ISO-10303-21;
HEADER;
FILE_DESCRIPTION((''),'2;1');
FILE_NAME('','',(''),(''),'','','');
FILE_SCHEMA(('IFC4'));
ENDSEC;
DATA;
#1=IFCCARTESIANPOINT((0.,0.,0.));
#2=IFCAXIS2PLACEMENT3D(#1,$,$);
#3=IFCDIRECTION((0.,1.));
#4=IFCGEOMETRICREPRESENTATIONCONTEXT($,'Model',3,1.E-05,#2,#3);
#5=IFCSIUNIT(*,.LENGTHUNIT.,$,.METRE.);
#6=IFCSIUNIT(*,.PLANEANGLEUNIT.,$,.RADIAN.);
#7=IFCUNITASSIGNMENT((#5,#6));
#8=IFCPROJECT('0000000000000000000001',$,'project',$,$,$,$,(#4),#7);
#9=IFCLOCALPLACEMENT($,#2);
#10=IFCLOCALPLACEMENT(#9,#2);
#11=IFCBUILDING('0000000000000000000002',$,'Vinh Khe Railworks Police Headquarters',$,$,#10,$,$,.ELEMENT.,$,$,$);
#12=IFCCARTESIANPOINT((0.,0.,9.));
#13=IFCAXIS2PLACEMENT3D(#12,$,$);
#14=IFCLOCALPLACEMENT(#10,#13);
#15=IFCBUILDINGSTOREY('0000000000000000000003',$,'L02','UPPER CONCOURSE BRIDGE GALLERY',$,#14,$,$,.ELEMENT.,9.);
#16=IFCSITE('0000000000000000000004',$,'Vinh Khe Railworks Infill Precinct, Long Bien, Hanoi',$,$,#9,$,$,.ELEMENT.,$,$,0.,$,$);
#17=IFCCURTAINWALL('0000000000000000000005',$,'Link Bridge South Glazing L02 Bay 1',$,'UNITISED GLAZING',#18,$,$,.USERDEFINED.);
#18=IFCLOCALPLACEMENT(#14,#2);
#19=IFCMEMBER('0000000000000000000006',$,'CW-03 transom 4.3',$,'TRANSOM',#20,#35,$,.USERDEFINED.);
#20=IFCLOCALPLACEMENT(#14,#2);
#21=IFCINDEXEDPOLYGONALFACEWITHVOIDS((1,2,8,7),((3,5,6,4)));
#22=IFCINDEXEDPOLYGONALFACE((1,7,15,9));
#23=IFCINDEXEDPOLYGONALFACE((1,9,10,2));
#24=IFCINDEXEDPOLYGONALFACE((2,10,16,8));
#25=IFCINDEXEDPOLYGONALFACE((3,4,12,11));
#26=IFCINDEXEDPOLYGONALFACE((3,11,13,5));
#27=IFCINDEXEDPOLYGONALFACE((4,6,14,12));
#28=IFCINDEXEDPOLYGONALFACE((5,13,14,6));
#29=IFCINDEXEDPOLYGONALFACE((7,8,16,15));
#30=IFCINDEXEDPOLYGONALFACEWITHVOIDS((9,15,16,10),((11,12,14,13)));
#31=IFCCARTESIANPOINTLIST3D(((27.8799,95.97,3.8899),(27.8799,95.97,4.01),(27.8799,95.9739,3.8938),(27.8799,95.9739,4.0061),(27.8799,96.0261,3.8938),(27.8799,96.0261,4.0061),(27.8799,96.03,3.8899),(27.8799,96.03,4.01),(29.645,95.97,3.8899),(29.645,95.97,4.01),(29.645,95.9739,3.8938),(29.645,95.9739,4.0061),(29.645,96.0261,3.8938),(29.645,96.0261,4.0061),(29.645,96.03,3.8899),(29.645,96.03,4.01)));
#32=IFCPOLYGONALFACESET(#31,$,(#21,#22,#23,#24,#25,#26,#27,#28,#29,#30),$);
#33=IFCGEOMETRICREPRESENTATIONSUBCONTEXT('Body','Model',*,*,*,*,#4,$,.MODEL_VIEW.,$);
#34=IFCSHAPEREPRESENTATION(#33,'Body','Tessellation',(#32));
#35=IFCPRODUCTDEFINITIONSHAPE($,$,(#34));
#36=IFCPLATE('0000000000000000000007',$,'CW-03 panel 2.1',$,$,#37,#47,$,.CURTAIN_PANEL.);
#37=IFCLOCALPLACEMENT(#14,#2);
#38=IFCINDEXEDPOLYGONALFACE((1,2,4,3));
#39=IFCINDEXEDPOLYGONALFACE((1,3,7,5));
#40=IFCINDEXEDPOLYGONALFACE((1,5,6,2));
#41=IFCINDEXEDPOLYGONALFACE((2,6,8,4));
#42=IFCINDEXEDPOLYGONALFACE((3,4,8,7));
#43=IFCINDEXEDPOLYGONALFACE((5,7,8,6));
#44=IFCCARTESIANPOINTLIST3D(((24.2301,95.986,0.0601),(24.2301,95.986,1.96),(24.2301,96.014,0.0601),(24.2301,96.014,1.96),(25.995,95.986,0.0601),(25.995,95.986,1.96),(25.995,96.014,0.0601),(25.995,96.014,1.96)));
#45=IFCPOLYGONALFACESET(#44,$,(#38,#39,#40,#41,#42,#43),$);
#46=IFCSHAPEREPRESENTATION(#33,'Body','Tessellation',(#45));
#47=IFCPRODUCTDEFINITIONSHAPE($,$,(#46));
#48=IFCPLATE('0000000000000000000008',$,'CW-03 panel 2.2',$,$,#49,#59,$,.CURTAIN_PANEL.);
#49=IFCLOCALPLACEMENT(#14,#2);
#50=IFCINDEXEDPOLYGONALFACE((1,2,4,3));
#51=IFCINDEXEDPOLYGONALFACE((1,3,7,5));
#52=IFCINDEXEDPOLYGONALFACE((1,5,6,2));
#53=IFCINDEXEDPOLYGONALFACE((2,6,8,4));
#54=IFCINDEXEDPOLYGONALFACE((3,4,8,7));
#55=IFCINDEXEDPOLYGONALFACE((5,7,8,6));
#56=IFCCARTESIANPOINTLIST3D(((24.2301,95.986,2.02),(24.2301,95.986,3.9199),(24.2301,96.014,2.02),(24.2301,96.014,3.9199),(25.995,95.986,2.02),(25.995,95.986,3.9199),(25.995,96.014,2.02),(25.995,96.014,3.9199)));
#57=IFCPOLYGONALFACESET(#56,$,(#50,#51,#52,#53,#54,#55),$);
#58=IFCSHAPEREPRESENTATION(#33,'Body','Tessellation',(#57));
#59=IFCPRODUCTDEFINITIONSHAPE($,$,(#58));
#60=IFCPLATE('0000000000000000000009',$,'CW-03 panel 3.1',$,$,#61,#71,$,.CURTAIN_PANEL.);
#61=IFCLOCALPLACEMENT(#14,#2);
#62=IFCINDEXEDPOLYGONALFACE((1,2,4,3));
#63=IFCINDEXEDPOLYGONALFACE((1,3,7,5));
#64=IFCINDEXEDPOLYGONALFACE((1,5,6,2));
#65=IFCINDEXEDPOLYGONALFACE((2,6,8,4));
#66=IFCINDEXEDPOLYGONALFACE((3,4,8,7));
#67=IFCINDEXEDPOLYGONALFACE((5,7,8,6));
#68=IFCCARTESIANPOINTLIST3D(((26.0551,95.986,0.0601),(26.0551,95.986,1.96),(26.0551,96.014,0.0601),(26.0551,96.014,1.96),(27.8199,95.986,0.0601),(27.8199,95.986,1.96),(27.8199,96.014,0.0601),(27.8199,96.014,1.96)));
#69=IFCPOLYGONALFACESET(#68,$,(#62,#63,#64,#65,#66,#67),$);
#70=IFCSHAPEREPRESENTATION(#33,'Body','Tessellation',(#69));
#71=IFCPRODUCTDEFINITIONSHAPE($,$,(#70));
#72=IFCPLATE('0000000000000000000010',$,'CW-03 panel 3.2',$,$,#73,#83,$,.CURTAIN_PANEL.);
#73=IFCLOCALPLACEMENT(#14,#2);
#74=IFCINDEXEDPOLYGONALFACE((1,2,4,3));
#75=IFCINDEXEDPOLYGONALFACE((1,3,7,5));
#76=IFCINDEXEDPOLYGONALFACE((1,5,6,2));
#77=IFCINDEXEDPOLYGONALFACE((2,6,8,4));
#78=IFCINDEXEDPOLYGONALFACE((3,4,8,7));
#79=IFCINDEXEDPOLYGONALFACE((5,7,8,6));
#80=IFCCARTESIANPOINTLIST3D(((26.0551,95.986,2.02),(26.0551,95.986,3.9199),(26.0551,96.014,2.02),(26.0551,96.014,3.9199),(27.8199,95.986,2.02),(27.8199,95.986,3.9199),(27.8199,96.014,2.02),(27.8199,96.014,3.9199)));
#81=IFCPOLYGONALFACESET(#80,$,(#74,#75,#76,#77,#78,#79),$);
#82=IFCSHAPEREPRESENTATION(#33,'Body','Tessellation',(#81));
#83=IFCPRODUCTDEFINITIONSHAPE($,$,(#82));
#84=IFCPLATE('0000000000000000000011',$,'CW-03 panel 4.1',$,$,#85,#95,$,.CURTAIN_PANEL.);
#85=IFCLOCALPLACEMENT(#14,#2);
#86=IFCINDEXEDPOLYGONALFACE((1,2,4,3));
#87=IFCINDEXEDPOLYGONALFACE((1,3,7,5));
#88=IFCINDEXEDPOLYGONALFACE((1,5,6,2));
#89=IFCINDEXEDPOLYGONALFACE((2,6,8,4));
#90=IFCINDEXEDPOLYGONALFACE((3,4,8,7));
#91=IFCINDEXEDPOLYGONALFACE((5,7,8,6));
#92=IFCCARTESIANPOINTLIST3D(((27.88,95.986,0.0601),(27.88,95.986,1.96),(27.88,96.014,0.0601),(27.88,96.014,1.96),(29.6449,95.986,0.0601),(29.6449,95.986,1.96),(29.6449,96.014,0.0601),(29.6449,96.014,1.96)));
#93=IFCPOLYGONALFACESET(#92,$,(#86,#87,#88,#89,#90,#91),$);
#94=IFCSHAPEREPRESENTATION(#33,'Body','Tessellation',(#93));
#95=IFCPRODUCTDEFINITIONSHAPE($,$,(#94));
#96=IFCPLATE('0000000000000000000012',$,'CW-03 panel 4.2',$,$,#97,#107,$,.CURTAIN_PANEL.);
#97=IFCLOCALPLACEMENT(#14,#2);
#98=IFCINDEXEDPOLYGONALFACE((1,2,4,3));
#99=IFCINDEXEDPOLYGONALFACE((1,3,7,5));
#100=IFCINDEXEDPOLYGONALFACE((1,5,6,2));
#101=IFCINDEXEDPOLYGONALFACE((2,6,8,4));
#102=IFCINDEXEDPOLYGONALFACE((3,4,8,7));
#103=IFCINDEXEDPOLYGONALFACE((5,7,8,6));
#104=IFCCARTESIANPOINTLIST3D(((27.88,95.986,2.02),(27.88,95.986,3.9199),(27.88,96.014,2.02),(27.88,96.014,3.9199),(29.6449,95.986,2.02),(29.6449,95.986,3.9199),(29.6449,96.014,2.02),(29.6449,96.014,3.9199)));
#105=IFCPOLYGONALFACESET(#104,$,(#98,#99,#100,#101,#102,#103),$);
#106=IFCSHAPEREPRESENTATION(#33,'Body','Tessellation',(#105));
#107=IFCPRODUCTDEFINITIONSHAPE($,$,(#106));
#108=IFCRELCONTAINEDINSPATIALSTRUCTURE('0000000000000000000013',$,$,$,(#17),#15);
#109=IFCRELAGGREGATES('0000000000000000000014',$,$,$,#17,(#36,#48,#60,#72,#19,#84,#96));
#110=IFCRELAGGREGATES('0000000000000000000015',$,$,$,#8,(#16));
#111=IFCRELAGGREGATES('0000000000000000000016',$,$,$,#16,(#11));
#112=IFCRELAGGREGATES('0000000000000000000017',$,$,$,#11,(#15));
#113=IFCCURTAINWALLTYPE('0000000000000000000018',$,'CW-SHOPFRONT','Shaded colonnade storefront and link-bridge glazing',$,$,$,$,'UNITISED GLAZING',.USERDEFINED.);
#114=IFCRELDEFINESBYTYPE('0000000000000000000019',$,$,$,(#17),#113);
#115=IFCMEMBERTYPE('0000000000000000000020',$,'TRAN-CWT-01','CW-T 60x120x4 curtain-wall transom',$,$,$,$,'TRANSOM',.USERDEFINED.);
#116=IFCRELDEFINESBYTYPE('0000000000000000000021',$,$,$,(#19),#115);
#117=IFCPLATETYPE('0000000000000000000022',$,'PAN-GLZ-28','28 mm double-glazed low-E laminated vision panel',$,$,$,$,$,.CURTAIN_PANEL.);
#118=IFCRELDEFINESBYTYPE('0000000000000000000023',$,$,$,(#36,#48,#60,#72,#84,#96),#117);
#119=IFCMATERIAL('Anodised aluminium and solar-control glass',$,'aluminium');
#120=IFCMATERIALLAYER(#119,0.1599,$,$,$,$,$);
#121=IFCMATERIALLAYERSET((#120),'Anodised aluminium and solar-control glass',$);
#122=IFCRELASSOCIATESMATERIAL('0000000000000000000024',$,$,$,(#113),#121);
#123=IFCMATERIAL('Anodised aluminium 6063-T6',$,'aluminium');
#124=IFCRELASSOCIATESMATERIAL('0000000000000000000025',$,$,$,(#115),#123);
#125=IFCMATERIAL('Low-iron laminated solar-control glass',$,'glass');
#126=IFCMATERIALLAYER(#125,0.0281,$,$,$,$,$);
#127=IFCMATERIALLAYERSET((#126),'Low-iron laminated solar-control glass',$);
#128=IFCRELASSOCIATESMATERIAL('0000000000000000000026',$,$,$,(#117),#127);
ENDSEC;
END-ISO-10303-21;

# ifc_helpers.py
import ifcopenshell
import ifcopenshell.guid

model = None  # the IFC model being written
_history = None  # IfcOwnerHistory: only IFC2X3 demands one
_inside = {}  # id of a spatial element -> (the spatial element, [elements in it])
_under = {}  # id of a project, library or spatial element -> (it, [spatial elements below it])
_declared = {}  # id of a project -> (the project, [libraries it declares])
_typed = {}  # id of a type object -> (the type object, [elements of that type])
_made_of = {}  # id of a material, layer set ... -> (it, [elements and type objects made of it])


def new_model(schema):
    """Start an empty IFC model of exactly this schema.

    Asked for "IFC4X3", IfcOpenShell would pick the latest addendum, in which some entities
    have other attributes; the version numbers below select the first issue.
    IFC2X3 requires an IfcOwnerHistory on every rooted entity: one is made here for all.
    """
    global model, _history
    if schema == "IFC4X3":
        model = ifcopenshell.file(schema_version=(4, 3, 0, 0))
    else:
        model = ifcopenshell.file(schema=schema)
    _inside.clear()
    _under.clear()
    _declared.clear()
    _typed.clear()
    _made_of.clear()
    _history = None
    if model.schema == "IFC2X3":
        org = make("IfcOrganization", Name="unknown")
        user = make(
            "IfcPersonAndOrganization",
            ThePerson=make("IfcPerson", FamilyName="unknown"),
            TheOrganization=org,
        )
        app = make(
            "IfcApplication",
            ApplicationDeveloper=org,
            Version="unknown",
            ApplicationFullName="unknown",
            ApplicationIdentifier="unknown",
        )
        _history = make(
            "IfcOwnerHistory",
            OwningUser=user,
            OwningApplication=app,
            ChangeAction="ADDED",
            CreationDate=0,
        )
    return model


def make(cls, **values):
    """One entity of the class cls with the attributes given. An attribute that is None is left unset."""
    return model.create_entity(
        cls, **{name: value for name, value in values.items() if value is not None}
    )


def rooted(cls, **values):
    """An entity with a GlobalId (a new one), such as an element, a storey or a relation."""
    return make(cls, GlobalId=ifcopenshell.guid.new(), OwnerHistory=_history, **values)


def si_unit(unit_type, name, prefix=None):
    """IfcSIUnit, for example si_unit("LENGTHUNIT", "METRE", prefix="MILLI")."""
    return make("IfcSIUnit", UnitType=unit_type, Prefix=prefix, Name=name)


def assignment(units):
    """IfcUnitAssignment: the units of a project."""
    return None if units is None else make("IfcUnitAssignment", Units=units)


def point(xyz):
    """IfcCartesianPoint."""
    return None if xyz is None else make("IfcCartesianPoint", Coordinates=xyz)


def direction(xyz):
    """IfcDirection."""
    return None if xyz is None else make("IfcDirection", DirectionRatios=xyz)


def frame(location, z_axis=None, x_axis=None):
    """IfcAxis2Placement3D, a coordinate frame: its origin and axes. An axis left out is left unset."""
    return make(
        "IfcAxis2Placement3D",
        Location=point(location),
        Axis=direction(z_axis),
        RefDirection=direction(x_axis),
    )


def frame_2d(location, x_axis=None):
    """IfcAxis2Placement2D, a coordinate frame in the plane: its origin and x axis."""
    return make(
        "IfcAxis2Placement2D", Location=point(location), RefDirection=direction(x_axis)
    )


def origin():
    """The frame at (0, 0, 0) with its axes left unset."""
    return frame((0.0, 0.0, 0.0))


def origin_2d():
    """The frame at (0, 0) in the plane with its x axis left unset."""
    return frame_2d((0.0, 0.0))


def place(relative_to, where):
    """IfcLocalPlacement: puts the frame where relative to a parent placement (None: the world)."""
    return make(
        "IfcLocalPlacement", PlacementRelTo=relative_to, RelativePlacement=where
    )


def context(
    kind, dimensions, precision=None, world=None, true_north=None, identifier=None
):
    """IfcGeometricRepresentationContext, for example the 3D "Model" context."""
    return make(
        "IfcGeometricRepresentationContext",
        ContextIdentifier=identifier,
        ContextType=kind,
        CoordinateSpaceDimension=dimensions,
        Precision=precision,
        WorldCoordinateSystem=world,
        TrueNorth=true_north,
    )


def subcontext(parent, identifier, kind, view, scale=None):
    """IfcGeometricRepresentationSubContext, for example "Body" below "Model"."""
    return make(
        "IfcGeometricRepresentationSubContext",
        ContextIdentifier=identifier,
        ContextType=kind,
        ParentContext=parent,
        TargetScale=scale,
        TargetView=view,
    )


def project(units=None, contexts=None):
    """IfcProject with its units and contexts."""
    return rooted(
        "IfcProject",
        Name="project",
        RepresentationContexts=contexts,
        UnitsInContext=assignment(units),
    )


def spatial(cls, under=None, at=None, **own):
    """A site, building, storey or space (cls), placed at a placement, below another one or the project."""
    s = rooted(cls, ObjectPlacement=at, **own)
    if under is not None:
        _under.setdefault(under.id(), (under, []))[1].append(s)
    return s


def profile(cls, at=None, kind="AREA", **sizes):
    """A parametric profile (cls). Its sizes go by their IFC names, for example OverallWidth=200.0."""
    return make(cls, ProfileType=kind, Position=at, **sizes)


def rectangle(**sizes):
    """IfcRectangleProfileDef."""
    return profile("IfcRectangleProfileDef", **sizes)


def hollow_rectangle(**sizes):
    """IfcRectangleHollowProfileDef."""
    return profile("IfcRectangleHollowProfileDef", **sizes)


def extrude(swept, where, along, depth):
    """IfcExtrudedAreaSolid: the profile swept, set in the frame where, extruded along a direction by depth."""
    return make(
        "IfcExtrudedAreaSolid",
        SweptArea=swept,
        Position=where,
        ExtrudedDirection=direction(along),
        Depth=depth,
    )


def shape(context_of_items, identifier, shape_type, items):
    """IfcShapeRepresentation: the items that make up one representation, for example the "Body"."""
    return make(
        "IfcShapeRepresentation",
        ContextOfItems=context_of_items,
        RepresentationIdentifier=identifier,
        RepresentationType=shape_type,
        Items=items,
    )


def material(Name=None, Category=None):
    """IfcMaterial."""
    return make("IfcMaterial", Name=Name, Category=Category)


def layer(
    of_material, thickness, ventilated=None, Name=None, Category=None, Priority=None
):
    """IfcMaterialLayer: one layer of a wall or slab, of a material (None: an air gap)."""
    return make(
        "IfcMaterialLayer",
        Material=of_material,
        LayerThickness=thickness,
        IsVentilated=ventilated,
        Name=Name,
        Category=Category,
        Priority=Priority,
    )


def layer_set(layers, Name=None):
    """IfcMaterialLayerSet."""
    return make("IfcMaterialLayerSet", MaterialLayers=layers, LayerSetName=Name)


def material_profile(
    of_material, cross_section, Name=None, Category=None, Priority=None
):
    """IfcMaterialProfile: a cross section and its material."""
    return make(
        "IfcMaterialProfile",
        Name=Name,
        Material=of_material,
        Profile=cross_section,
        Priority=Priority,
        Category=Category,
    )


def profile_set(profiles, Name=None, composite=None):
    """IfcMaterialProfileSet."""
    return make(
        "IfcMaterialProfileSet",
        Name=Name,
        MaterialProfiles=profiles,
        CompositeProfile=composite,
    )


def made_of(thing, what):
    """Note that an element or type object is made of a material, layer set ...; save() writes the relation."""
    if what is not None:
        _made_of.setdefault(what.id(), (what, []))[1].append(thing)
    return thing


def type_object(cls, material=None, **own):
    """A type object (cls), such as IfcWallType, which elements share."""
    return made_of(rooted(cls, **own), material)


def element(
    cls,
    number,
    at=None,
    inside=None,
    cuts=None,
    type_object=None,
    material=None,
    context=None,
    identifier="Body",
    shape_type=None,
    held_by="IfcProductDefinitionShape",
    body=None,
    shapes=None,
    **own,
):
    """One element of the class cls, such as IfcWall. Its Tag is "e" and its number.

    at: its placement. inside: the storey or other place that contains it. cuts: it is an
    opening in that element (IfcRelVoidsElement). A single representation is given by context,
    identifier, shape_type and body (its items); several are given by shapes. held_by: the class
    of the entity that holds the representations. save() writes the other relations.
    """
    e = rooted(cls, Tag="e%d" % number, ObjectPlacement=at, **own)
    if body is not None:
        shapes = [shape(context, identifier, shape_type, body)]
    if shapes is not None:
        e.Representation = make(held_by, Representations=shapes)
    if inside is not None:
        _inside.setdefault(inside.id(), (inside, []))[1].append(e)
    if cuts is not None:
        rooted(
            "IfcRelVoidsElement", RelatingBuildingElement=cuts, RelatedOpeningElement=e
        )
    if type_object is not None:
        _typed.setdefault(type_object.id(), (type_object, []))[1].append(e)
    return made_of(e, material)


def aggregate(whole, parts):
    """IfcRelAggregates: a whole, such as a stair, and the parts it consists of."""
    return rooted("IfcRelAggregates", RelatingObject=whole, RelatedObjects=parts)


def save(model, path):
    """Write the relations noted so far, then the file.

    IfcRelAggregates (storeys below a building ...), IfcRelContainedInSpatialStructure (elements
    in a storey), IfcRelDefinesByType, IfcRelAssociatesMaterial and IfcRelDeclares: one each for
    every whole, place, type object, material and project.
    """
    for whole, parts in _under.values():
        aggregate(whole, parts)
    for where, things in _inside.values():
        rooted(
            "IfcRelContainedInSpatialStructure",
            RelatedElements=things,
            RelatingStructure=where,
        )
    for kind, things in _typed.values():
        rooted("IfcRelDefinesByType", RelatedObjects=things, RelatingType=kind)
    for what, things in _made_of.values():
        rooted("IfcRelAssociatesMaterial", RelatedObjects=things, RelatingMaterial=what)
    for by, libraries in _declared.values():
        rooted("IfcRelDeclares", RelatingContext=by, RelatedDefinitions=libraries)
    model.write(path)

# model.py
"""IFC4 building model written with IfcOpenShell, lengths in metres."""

from ifc_helpers import new_model, si_unit, direction, frame, origin, origin_2d, place, context, subcontext, project, spatial, rectangle, hollow_rectangle, extrude, material, layer, layer_set, material_profile, profile_set, type_object, element, aggregate, save


model = new_model("IFC4")

# Units and contexts
model_context = context("Model", 3, precision=1e-05, world=origin(), true_north=direction((0.0, 1.0)))
body_context = subcontext(model_context, "Body", "Model", "MODEL_VIEW")
ifc_project = project(units=[si_unit("LENGTHUNIT", "METRE"), si_unit("PLANEANGLEUNIT", "RADIAN")], contexts=[model_context])

# Site, building, storey
site_placement = place(None, origin())
site = spatial("IfcSite", under=ifc_project, at=site_placement, Name="Vinh Khe Railworks Infill Precinct, Long Bien, Hanoi", CompositionType="ELEMENT", RefElevation=0.0)
building_placement = place(site_placement, origin())
building = spatial("IfcBuilding", under=site, at=building_placement, Name="Vinh Khe Railworks Police Headquarters", CompositionType="ELEMENT")
storey_placement = place(building_placement, frame((0.0, 0.0, 9.0)))
storey = spatial("IfcBuildingStorey", under=building, at=storey_placement, Name="L02", Description="UPPER CONCOURSE BRIDGE GALLERY", CompositionType="ELEMENT", Elevation=9.0)

# Curtain wall
ifc_material_1 = material(Name="Anodised aluminium and solar-control glass", Category="aluminium")
ifc_layer_1 = layer(ifc_material_1, 0.1599)
ifc_layer_set_1 = layer_set([ifc_layer_1], Name="Anodised aluminium and solar-control glass")
curtain_wall_type = type_object("IfcCurtainWallType", Name="CW-SHOPFRONT", Description="Shaded colonnade storefront and link-bridge glazing", ElementType="UNITISED GLAZING", PredefinedType="USERDEFINED", material=ifc_layer_set_1)
curtain_wall_placement = place(storey_placement, origin())
curtain_wall = element("IfcCurtainWall", 1, at=curtain_wall_placement, inside=storey, type_object=curtain_wall_type, Name="Link Bridge South Glazing L02 Bay 1", ObjectType="UNITISED GLAZING", PredefinedType="USERDEFINED")
ifc_material_2 = material(Name="Anodised aluminium 6063-T6", Category="aluminium")

# Member
ifc_material_profile_1 = material_profile(ifc_material_2, hollow_rectangle(XDim=0.0601, YDim=0.1201, WallThickness=0.0039, at=origin_2d()), Name="CW-T 60x120x4")
ifc_profile_set_1 = profile_set([ifc_material_profile_1], Name="Anodised aluminium 6063-T6")
member_type_1 = type_object("IfcMemberType", Name="TRAN-CWT-01", Description="CW-T 60x120x4 curtain-wall transom", ElementType="TRANSOM", PredefinedType="USERDEFINED", material=ifc_profile_set_1)
member_1_placement = place(storey_placement, frame((27.8799, 96.0, 3.95), z_axis=(1.0, 0.0, 0.0), x_axis=(0.0, 1.0, 0.0)))
member_1 = element("IfcMember", 2, at=member_1_placement, type_object=member_type_1, Name="CW-03 transom 4.3", ObjectType="TRANSOM", PredefinedType="USERDEFINED", context=body_context, shape_type="SweptSolid", body=[
    extrude(hollow_rectangle(XDim=0.0601, YDim=0.1201, WallThickness=0.0039, at=origin_2d()), origin(), (0.0, 0.0, 1.0), 1.7651),
])

# Plates
ifc_material_3 = material(Name="Low-iron laminated solar-control glass", Category="glass")
ifc_layer_2 = layer(ifc_material_3, 0.0281)
ifc_layer_set_2 = layer_set([ifc_layer_2], Name="Low-iron laminated solar-control glass")
plate_type = type_object("IfcPlateType", Name="PAN-GLZ-28", Description="28 mm double-glazed low-E laminated vision panel", PredefinedType="CURTAIN_PANEL", material=ifc_layer_set_2)
plate_1_placement = place(storey_placement, frame((25.1125, 96.0, 0.0601), z_axis=(0.0, 0.0, 1.0), x_axis=(1.0, 0.0, 0.0)))
plate_1 = element("IfcPlate", 3, at=plate_1_placement, type_object=plate_type, Name="CW-03 panel 2.1", PredefinedType="CURTAIN_PANEL", context=body_context, shape_type="SweptSolid", body=[
    extrude(rectangle(XDim=1.7649, YDim=0.0281, at=origin_2d()), origin(), (0.0, 0.0, 1.0), 1.8999),
])
plate_2_placement = place(storey_placement, frame((25.1125, 96.0, 2.02), z_axis=(0.0, 0.0, 1.0), x_axis=(1.0, 0.0, 0.0)))
plate_2 = element("IfcPlate", 4, at=plate_2_placement, type_object=plate_type, Name="CW-03 panel 2.2", PredefinedType="CURTAIN_PANEL", context=body_context, shape_type="SweptSolid", body=[
    extrude(rectangle(XDim=1.7649, YDim=0.0281, at=origin_2d()), origin(), (0.0, 0.0, 1.0), 1.8999),
])
plate_3_placement = place(storey_placement, frame((26.9375, 96.0, 0.0601), z_axis=(0.0, 0.0, 1.0), x_axis=(1.0, 0.0, 0.0)))
plate_3 = element("IfcPlate", 5, at=plate_3_placement, type_object=plate_type, Name="CW-03 panel 3.1", PredefinedType="CURTAIN_PANEL", context=body_context, shape_type="SweptSolid", body=[
    extrude(rectangle(XDim=1.7649, YDim=0.0281, at=origin_2d()), origin(), (0.0, 0.0, 1.0), 1.8999),
])
plate_4_placement = place(storey_placement, frame((26.9375, 96.0, 2.02), z_axis=(0.0, 0.0, 1.0), x_axis=(1.0, 0.0, 0.0)))
plate_4 = element("IfcPlate", 6, at=plate_4_placement, type_object=plate_type, Name="CW-03 panel 3.2", PredefinedType="CURTAIN_PANEL", context=body_context, shape_type="SweptSolid", body=[
    extrude(rectangle(XDim=1.7649, YDim=0.0281, at=origin_2d()), origin(), (0.0, 0.0, 1.0), 1.8999),
])
plate_5_placement = place(storey_placement, frame((28.7625, 96.0, 0.0601), z_axis=(0.0, 0.0, 1.0), x_axis=(1.0, 0.0, 0.0)))
plate_5 = element("IfcPlate", 7, at=plate_5_placement, type_object=plate_type, Name="CW-03 panel 4.1", PredefinedType="CURTAIN_PANEL", context=body_context, shape_type="SweptSolid", body=[
    extrude(rectangle(XDim=1.7649, YDim=0.0281, at=origin_2d()), origin(), (0.0, 0.0, 1.0), 1.8999),
])
plate_6_placement = place(storey_placement, frame((28.7625, 96.0, 2.02), z_axis=(0.0, 0.0, 1.0), x_axis=(1.0, 0.0, 0.0)))
plate_6 = element("IfcPlate", 8, at=plate_6_placement, type_object=plate_type, Name="CW-03 panel 4.2", PredefinedType="CURTAIN_PANEL", context=body_context, shape_type="SweptSolid", body=[
    extrude(rectangle(XDim=1.7649, YDim=0.0281, at=origin_2d()), origin(), (0.0, 0.0, 1.0), 1.8999),
])
aggregate(curtain_wall, [plate_1, plate_2, plate_3, plate_4, member_1, plate_5, plate_6])

save(model, "model.ifc")
